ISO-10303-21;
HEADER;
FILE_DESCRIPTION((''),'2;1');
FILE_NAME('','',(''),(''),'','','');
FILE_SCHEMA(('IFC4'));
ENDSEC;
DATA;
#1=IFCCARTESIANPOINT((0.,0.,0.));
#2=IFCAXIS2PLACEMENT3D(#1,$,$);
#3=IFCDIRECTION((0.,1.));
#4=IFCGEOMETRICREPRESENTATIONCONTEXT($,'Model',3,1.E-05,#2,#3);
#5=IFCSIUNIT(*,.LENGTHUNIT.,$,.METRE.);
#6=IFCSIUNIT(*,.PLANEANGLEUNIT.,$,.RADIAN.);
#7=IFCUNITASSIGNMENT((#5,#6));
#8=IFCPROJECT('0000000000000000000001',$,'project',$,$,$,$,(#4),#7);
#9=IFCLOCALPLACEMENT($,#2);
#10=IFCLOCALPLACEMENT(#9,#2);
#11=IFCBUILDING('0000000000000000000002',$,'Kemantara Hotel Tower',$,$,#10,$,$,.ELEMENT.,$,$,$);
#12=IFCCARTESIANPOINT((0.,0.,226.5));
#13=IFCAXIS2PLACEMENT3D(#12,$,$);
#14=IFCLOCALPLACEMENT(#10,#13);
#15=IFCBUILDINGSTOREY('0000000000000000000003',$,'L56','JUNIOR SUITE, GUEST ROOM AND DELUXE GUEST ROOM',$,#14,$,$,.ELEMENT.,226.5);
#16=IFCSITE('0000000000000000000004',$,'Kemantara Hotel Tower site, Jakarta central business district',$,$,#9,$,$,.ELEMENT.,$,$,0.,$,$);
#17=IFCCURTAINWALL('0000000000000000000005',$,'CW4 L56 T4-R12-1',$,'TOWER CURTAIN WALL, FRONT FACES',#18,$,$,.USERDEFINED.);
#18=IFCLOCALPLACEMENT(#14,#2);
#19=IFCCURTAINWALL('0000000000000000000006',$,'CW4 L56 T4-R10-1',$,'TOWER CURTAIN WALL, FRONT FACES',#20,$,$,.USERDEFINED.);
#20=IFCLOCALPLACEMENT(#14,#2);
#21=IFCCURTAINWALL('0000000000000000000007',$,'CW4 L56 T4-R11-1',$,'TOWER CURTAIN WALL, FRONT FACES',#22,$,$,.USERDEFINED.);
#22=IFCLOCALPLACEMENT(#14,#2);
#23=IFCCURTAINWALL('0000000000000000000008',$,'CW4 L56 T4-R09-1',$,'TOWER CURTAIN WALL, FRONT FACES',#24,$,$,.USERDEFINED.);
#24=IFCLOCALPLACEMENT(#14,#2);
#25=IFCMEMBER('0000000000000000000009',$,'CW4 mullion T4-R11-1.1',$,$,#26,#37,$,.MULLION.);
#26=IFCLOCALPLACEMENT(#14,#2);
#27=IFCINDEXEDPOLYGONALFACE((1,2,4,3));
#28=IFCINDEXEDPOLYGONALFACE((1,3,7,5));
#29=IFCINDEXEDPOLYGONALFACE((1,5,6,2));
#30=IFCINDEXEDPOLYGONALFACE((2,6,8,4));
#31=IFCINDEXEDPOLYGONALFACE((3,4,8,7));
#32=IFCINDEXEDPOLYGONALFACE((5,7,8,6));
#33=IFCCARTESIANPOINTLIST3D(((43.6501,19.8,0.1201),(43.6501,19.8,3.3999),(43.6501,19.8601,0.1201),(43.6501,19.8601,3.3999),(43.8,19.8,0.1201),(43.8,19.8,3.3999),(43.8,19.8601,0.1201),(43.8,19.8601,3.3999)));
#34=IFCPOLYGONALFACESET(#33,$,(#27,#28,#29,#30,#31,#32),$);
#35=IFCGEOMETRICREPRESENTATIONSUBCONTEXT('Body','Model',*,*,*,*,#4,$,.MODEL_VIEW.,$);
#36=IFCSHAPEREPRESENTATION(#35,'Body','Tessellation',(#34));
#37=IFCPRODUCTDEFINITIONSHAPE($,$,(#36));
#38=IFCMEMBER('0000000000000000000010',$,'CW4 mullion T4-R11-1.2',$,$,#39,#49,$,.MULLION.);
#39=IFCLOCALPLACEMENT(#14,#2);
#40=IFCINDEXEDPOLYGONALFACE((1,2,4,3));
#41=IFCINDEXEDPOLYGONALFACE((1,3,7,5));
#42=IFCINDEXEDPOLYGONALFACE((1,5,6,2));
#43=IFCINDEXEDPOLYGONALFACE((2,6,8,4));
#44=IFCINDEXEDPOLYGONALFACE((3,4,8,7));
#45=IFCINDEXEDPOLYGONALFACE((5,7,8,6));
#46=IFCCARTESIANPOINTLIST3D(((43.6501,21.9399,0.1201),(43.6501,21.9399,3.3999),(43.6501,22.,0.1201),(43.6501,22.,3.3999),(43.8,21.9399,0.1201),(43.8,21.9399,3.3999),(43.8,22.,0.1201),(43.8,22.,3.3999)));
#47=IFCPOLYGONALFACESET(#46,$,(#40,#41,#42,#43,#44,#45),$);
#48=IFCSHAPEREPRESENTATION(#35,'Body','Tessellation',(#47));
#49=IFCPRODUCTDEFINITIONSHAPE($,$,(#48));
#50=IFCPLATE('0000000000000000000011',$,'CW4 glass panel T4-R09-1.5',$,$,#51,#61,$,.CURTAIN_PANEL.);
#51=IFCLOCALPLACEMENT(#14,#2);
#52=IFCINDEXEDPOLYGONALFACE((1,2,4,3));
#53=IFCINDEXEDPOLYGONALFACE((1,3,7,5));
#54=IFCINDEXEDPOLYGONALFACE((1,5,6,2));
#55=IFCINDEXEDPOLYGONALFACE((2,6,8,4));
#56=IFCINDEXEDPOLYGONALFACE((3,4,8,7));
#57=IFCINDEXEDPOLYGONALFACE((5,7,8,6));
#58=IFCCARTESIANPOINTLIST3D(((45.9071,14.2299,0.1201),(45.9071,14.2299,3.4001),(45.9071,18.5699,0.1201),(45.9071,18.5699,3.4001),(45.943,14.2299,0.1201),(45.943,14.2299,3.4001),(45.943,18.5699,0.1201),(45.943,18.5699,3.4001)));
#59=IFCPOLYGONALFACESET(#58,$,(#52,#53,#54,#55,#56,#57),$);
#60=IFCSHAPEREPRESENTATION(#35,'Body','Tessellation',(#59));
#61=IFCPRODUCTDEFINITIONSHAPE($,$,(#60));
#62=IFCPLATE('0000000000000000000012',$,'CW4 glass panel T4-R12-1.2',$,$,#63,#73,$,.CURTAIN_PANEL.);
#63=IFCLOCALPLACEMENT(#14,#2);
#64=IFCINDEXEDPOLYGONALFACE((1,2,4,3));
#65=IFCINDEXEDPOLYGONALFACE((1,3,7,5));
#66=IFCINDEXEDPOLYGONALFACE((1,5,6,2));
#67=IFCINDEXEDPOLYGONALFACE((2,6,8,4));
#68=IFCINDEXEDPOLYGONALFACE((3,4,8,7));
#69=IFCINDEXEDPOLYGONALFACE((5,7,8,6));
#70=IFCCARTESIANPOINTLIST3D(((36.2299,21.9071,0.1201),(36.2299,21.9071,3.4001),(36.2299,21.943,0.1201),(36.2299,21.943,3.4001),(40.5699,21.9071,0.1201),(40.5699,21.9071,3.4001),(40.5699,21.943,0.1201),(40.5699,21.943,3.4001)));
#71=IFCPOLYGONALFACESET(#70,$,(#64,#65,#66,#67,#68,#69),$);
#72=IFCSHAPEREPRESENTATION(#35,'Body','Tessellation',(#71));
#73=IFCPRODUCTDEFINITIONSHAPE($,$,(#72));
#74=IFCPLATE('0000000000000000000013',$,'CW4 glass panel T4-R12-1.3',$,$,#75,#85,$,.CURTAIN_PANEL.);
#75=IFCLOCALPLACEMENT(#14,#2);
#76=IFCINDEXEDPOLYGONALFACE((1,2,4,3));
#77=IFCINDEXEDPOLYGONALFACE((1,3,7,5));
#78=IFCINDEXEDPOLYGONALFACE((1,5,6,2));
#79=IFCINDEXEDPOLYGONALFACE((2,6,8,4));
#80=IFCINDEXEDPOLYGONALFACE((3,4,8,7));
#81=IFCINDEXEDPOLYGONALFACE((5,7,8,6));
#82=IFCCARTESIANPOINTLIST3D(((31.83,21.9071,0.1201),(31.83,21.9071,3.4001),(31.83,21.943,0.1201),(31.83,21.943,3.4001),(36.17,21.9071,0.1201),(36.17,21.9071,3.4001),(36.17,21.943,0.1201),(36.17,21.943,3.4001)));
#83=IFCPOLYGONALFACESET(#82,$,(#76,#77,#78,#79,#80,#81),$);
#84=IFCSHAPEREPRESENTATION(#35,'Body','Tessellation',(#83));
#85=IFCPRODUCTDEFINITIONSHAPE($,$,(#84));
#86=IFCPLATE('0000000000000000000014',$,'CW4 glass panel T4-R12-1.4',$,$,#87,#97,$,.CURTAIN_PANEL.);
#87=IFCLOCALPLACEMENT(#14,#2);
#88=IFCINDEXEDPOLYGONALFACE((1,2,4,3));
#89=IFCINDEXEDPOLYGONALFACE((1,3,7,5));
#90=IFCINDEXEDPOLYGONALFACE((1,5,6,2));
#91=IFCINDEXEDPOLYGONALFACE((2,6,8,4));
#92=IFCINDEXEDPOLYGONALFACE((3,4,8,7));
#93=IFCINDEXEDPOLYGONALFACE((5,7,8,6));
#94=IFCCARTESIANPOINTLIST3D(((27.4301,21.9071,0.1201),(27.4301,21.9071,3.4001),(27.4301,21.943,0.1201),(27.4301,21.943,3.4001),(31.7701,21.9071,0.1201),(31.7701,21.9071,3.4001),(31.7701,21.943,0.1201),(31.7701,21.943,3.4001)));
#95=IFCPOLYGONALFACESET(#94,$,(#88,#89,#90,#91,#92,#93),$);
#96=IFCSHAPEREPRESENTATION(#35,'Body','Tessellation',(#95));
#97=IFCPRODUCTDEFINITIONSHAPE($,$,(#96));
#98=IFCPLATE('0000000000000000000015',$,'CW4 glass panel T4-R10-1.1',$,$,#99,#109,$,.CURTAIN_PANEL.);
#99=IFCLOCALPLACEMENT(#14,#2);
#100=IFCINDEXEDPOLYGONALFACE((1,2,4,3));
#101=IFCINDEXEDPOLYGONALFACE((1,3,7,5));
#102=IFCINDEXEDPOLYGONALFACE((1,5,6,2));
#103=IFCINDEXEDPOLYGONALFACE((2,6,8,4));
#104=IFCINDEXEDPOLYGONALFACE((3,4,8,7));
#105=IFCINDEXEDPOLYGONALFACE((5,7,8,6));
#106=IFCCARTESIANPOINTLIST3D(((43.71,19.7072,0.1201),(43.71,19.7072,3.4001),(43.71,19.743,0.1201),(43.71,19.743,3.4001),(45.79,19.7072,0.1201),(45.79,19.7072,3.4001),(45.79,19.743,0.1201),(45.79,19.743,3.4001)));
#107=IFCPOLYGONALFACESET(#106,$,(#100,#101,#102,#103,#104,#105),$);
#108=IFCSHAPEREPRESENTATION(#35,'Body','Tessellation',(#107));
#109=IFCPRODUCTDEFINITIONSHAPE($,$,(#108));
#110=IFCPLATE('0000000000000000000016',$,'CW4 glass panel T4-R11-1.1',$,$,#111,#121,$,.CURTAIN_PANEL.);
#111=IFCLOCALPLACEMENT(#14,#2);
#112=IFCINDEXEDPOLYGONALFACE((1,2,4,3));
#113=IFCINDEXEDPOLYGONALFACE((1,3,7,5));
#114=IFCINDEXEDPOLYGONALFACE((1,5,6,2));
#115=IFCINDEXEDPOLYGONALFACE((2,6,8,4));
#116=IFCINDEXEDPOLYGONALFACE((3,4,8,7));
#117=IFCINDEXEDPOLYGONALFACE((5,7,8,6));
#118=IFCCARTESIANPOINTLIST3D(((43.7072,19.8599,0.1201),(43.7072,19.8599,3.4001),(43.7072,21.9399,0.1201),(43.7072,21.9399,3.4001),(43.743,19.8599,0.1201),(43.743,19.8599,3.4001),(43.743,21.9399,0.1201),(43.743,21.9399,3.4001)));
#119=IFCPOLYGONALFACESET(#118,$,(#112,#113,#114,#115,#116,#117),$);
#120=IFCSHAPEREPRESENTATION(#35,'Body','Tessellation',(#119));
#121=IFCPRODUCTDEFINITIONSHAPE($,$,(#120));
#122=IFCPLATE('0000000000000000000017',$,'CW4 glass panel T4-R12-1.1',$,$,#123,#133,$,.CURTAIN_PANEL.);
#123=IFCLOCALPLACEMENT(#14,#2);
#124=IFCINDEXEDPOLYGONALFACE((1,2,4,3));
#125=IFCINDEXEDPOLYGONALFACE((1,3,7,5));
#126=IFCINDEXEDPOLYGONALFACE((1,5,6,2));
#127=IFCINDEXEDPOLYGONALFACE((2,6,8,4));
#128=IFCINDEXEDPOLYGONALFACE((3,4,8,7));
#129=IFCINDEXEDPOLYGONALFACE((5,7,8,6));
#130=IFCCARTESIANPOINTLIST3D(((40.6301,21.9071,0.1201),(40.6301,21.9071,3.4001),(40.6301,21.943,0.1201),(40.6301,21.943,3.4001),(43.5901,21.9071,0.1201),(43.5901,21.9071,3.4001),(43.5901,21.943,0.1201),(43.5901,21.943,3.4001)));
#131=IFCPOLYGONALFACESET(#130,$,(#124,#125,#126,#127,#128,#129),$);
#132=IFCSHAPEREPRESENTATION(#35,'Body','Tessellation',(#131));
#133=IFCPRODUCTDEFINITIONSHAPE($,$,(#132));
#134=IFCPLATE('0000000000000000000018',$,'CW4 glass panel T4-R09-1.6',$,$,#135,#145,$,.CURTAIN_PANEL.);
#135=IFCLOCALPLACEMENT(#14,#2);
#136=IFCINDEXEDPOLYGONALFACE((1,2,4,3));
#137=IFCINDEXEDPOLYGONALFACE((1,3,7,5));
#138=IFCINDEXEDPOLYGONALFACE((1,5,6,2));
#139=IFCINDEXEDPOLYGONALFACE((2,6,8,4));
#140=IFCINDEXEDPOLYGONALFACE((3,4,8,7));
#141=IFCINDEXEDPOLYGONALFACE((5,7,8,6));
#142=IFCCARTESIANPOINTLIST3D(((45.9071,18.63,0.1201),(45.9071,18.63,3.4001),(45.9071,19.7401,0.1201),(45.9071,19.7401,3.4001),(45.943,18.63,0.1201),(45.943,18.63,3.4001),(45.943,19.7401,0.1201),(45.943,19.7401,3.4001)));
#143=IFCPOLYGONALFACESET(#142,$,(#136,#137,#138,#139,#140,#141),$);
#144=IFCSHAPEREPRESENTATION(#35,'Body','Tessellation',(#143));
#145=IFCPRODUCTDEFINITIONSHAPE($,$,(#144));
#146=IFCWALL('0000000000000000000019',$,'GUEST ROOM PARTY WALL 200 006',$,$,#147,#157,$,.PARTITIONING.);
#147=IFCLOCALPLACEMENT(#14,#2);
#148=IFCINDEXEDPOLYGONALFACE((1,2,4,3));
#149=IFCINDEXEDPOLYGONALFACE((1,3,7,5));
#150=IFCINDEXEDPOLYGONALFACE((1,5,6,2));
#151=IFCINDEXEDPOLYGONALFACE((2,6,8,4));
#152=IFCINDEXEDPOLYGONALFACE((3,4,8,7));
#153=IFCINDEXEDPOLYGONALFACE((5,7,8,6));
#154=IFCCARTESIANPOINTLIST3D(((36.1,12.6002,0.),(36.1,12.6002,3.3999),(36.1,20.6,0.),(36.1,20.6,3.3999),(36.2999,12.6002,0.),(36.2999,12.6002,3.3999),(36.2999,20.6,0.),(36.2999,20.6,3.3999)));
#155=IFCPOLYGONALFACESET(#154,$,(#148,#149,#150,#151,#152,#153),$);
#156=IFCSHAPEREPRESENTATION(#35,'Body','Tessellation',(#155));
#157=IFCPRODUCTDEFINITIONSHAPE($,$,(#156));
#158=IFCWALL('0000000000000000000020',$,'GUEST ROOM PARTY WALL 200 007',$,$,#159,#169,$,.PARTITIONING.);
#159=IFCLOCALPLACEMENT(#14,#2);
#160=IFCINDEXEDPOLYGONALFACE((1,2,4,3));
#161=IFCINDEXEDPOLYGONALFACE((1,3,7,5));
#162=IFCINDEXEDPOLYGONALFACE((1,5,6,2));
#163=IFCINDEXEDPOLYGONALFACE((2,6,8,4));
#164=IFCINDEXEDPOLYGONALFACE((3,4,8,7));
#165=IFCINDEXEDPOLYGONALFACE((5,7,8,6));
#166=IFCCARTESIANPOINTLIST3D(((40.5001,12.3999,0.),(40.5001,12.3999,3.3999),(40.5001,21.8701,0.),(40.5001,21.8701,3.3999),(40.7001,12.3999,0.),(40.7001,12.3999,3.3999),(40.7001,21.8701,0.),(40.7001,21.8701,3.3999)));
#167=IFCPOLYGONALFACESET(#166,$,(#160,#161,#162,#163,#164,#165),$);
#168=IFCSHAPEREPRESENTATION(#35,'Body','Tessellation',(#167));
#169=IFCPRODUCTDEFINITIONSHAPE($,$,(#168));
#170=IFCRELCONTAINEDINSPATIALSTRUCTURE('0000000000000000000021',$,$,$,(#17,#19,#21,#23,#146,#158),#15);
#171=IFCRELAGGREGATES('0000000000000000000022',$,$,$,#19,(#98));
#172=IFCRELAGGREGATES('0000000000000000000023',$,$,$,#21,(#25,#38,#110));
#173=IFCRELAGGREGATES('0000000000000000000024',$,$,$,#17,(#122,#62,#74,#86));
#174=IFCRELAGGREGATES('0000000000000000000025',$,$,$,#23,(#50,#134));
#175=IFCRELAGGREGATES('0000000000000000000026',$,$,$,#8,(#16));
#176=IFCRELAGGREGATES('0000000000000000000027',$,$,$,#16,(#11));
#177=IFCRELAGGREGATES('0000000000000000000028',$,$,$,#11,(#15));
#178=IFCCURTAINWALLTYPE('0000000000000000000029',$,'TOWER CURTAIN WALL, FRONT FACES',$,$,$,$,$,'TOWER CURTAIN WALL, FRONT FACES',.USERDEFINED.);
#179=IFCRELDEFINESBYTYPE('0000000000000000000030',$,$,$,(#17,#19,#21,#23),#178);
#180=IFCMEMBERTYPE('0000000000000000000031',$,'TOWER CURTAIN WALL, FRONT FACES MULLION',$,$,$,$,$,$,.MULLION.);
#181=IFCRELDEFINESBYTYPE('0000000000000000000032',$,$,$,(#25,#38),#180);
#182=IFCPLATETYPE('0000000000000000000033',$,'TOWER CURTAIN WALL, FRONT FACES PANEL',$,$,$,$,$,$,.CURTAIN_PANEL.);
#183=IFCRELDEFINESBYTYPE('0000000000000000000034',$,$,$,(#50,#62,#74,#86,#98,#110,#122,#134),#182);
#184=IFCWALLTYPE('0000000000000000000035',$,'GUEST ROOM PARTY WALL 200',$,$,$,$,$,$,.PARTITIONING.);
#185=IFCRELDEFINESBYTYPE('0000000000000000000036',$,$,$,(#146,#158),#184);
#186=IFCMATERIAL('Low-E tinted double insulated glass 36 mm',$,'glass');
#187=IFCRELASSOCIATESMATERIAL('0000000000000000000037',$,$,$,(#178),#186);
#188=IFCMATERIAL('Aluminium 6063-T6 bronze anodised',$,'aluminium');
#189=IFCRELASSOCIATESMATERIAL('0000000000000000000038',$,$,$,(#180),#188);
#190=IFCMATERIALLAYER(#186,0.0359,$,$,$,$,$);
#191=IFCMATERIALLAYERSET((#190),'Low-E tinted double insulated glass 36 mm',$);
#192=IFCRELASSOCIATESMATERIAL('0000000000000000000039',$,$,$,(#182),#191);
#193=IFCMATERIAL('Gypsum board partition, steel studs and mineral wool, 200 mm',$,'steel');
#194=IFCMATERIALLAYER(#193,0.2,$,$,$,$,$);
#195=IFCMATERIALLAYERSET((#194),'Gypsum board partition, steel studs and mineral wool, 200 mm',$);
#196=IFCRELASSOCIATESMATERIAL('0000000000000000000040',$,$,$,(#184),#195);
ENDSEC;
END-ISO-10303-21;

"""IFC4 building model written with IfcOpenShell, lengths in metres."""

from ifc_helpers import new_model, si_unit, direction, frame, frame_2d, origin, origin_2d, place, context, subcontext, project, spatial, rectangle, extrude, source, transform, mapped, material, layer, layer_set, material_profile, profile_set, type_object, element, aggregate, save


model = new_model("IFC4")

# Units and contexts
model_context = context("Model", 3, precision=1e-05, world=origin(), true_north=direction((0.0, 1.0)))
body_context = subcontext(model_context, "Body", "Model", "MODEL_VIEW")
ifc_project = project(units=[si_unit("LENGTHUNIT", "METRE"), si_unit("PLANEANGLEUNIT", "RADIAN")], contexts=[model_context])

# Site, building, storey
site_placement = place(None, origin())
site = spatial("IfcSite", under=ifc_project, at=site_placement, Name="Kemantara Hotel Tower site, Jakarta central business district", CompositionType="ELEMENT", RefElevation=0.0)
building_placement = place(site_placement, origin())
building = spatial("IfcBuilding", under=site, at=building_placement, Name="Kemantara Hotel Tower", CompositionType="ELEMENT")
storey_placement = place(building_placement, frame((0.0, 0.0, 226.5)))
storey = spatial("IfcBuildingStorey", under=building, at=storey_placement, Name="L56", Description="JUNIOR SUITE, GUEST ROOM AND DELUXE GUEST ROOM", CompositionType="ELEMENT", Elevation=226.5)

# Curtain walls
ifc_material_1 = material(Name="Low-E tinted double insulated glass 36 mm", Category="glass")
curtain_wall_type = type_object("IfcCurtainWallType", Name="TOWER CURTAIN WALL, FRONT FACES", ElementType="TOWER CURTAIN WALL, FRONT FACES", PredefinedType="USERDEFINED", material=ifc_material_1)
curtain_wall_1_placement = place(storey_placement, origin())
curtain_wall_1 = element("IfcCurtainWall", 1, at=curtain_wall_1_placement, inside=storey, type_object=curtain_wall_type, Name="CW4 L56 T4-R12-1", ObjectType="TOWER CURTAIN WALL, FRONT FACES", PredefinedType="USERDEFINED")
ifc_material_2 = material(Name="Aluminium 6063-T6 bronze anodised", Category="aluminium")
curtain_wall_2_placement = place(storey_placement, origin())
curtain_wall_2 = element("IfcCurtainWall", 2, at=curtain_wall_2_placement, inside=storey, type_object=curtain_wall_type, Name="CW4 L56 T4-R10-1", ObjectType="TOWER CURTAIN WALL, FRONT FACES", PredefinedType="USERDEFINED")
curtain_wall_3_placement = place(storey_placement, origin())
curtain_wall_3 = element("IfcCurtainWall", 3, at=curtain_wall_3_placement, inside=storey, type_object=curtain_wall_type, Name="CW4 L56 T4-R11-1", ObjectType="TOWER CURTAIN WALL, FRONT FACES", PredefinedType="USERDEFINED")

# Curtain wall
curtain_wall_4_placement = place(storey_placement, origin())
curtain_wall_4 = element("IfcCurtainWall", 4, at=curtain_wall_4_placement, inside=storey, type_object=curtain_wall_type, Name="CW4 L56 T4-R09-1", ObjectType="TOWER CURTAIN WALL, FRONT FACES", PredefinedType="USERDEFINED")
ifc_material_profile_1 = material_profile(ifc_material_2, rectangle(XDim=0.1499, YDim=0.0601, at=origin_2d()), Name="TOWER CURTAIN WALL, FRONT FACES MULLION")
ifc_profile_set_1 = profile_set([ifc_material_profile_1], Name="Aluminium 6063-T6 bronze anodised")
member_type_1 = type_object("IfcMemberType", Name="TOWER CURTAIN WALL, FRONT FACES MULLION", PredefinedType="MULLION", material=ifc_profile_set_1)
shared_shape_1 = source(origin(), body_context, "Body", "SweptSolid", [
    extrude(rectangle(XDim=0.1499, YDim=0.0601, at=origin_2d()), origin(), (0.0, 0.0, 1.0), 3.2798),
])

# Members
member_1_placement = place(storey_placement, frame((43.7251, 19.8301, 0.1201), z_axis=(0.0, 0.0, 1.0), x_axis=(-1.0, 0.0, 0.0)))
member_1 = element("IfcMember", 5, at=member_1_placement, type_object=member_type_1, Name="CW4 mullion T4-R11-1.1", PredefinedType="MULLION", context=body_context, shape_type="MappedRepresentation", body=[
    mapped(shared_shape_1, transform((0.0, 0.0, 0.0))),
])
member_2_placement = place(storey_placement, frame((43.7251, 21.97, 0.1201), z_axis=(0.0, 0.0, 1.0), x_axis=(-1.0, 0.0, 0.0)))
member_2 = element("IfcMember", 6, at=member_2_placement, type_object=member_type_1, Name="CW4 mullion T4-R11-1.2", PredefinedType="MULLION", context=body_context, shape_type="MappedRepresentation", body=[
    mapped(shared_shape_1, transform((0.0, 0.0, 0.0))),
])

# Plates
ifc_layer_1 = layer(ifc_material_1, 0.0359)
ifc_layer_set_1 = layer_set([ifc_layer_1], Name="Low-E tinted double insulated glass 36 mm")
plate_type = type_object("IfcPlateType", Name="TOWER CURTAIN WALL, FRONT FACES PANEL", PredefinedType="CURTAIN_PANEL", material=ifc_layer_set_1)
shared_shape_2 = source(origin(), body_context, "Body", "SweptSolid", [
    extrude(rectangle(XDim=4.3401, YDim=0.0359, at=origin_2d()), origin(), (0.0, 0.0, 1.0), 3.28),
])
plate_1_placement = place(storey_placement, frame((45.925, 16.3999, 0.1201), z_axis=(0.0, 0.0, 1.0), x_axis=(0.0, 1.0, 0.0)))
plate_1 = element("IfcPlate", 7, at=plate_1_placement, type_object=plate_type, Name="CW4 glass panel T4-R09-1.5", PredefinedType="CURTAIN_PANEL", context=body_context, shape_type="MappedRepresentation", body=[
    mapped(shared_shape_2, transform((0.0, 0.0, 0.0))),
])
plate_2_placement = place(storey_placement, frame((38.3999, 21.925, 0.1201), z_axis=(0.0, 0.0, 1.0), x_axis=(-1.0, 0.0, 0.0)))
plate_2 = element("IfcPlate", 8, at=plate_2_placement, type_object=plate_type, Name="CW4 glass panel T4-R12-1.2", PredefinedType="CURTAIN_PANEL", context=body_context, shape_type="MappedRepresentation", body=[
    mapped(shared_shape_2, transform((0.0, 0.0, 0.0))),
])
plate_3_placement = place(storey_placement, frame((34.0, 21.925, 0.1201), z_axis=(0.0, 0.0, 1.0), x_axis=(-1.0, 0.0, 0.0)))
plate_3 = element("IfcPlate", 9, at=plate_3_placement, type_object=plate_type, Name="CW4 glass panel T4-R12-1.3", PredefinedType="CURTAIN_PANEL", context=body_context, shape_type="MappedRepresentation", body=[
    mapped(shared_shape_2, transform((0.0, 0.0, 0.0))),
])
plate_4_placement = place(storey_placement, frame((29.6001, 21.925, 0.1201), z_axis=(0.0, 0.0, 1.0), x_axis=(-1.0, 0.0, 0.0)))
plate_4 = element("IfcPlate", 10, at=plate_4_placement, type_object=plate_type, Name="CW4 glass panel T4-R12-1.4", PredefinedType="CURTAIN_PANEL", context=body_context, shape_type="MappedRepresentation", body=[
    mapped(shared_shape_2, transform((0.0, 0.0, 0.0))),
])
shared_shape_3 = source(origin(), body_context, "Body", "SweptSolid", [
    extrude(rectangle(XDim=2.0801, YDim=0.0359, at=origin_2d()), origin(), (0.0, 0.0, 1.0), 3.28),
])
plate_5_placement = place(storey_placement, frame((44.75, 19.7251, 0.1201), z_axis=(0.0, 0.0, 1.0), x_axis=(-1.0, 0.0, 0.0)))
plate_5 = element("IfcPlate", 11, at=plate_5_placement, type_object=plate_type, Name="CW4 glass panel T4-R10-1.1", PredefinedType="CURTAIN_PANEL", context=body_context, shape_type="MappedRepresentation", body=[
    mapped(shared_shape_3, transform((0.0, 0.0, 0.0))),
])
aggregate(curtain_wall_2, [plate_5])
plate_6_placement = place(storey_placement, frame((43.7251, 20.8999, 0.1201), z_axis=(0.0, 0.0, 1.0), x_axis=(0.0, 1.0, 0.0)))
plate_6 = element("IfcPlate", 12, at=plate_6_placement, type_object=plate_type, Name="CW4 glass panel T4-R11-1.1", PredefinedType="CURTAIN_PANEL", context=body_context, shape_type="MappedRepresentation", body=[
    mapped(shared_shape_3, transform((0.0, 0.0, 0.0))),
])
aggregate(curtain_wall_3, [member_1, member_2, plate_6])
shared_shape_4 = source(origin(), body_context, "Body", "SweptSolid", [
    extrude(rectangle(XDim=2.96, YDim=0.0359, at=origin_2d()), origin(), (0.0, 0.0, 1.0), 3.28),
])
plate_7_placement = place(storey_placement, frame((42.1101, 21.925, 0.1201), z_axis=(0.0, 0.0, 1.0), x_axis=(-1.0, 0.0, 0.0)))
plate_7 = element("IfcPlate", 13, at=plate_7_placement, type_object=plate_type, Name="CW4 glass panel T4-R12-1.1", PredefinedType="CURTAIN_PANEL", context=body_context, shape_type="MappedRepresentation", body=[
    mapped(shared_shape_4, transform((0.0, 0.0, 0.0))),
])
aggregate(curtain_wall_1, [plate_7, plate_2, plate_3, plate_4])
shared_shape_5 = source(origin(), body_context, "Body", "SweptSolid", [
    extrude(rectangle(XDim=1.1101, YDim=0.0359, at=origin_2d()), origin(), (0.0, 0.0, 1.0), 3.28),
])
plate_8_placement = place(storey_placement, frame((45.925, 19.1851, 0.1201), z_axis=(0.0, 0.0, 1.0), x_axis=(0.0, 1.0, 0.0)))
plate_8 = element("IfcPlate", 14, at=plate_8_placement, type_object=plate_type, Name="CW4 glass panel T4-R09-1.6", PredefinedType="CURTAIN_PANEL", context=body_context, shape_type="MappedRepresentation", body=[
    mapped(shared_shape_5, transform((0.0, 0.0, 0.0))),
])
aggregate(curtain_wall_4, [plate_1, plate_8])

# Walls
ifc_material_3 = material(Name="Gypsum board partition, steel studs and mineral wool, 200 mm", Category="steel")
ifc_layer_2 = layer(ifc_material_3, 0.2)
ifc_layer_set_2 = layer_set([ifc_layer_2], Name="Gypsum board partition, steel studs and mineral wool, 200 mm")
wall_type_1 = type_object("IfcWallType", Name="GUEST ROOM PARTY WALL 200", PredefinedType="PARTITIONING", material=ifc_layer_set_2)
wall_1_placement = place(storey_placement, frame((36.2, 12.6001, 0.0), z_axis=(0.0, 0.0, 1.0), x_axis=(0.0, 1.0, 0.0)))
element("IfcWall", 15, at=wall_1_placement, inside=storey, type_object=wall_type_1, Name="GUEST ROOM PARTY WALL 200 006", PredefinedType="PARTITIONING", context=body_context, shape_type="SweptSolid", body=[
    extrude(rectangle(XDim=7.9998, YDim=0.2, at=frame_2d((4.0, 0.0))), origin(), (0.0, 0.0, 1.0), 3.3999),
])
wall_2_placement = place(storey_placement, frame((40.6001, 12.3999, 0.0), z_axis=(0.0, 0.0, 1.0), x_axis=(0.0, 1.0, 0.0)))
element("IfcWall", 16, at=wall_2_placement, inside=storey, type_object=wall_type_1, Name="GUEST ROOM PARTY WALL 200 007", PredefinedType="PARTITIONING", context=body_context, shape_type="SweptSolid", body=[
    extrude(rectangle(XDim=9.4702, YDim=0.2, at=frame_2d((4.7351, 0.0))), origin(), (0.0, 0.0, 1.0), 3.3999),
])

save(model, "model.ifc")
